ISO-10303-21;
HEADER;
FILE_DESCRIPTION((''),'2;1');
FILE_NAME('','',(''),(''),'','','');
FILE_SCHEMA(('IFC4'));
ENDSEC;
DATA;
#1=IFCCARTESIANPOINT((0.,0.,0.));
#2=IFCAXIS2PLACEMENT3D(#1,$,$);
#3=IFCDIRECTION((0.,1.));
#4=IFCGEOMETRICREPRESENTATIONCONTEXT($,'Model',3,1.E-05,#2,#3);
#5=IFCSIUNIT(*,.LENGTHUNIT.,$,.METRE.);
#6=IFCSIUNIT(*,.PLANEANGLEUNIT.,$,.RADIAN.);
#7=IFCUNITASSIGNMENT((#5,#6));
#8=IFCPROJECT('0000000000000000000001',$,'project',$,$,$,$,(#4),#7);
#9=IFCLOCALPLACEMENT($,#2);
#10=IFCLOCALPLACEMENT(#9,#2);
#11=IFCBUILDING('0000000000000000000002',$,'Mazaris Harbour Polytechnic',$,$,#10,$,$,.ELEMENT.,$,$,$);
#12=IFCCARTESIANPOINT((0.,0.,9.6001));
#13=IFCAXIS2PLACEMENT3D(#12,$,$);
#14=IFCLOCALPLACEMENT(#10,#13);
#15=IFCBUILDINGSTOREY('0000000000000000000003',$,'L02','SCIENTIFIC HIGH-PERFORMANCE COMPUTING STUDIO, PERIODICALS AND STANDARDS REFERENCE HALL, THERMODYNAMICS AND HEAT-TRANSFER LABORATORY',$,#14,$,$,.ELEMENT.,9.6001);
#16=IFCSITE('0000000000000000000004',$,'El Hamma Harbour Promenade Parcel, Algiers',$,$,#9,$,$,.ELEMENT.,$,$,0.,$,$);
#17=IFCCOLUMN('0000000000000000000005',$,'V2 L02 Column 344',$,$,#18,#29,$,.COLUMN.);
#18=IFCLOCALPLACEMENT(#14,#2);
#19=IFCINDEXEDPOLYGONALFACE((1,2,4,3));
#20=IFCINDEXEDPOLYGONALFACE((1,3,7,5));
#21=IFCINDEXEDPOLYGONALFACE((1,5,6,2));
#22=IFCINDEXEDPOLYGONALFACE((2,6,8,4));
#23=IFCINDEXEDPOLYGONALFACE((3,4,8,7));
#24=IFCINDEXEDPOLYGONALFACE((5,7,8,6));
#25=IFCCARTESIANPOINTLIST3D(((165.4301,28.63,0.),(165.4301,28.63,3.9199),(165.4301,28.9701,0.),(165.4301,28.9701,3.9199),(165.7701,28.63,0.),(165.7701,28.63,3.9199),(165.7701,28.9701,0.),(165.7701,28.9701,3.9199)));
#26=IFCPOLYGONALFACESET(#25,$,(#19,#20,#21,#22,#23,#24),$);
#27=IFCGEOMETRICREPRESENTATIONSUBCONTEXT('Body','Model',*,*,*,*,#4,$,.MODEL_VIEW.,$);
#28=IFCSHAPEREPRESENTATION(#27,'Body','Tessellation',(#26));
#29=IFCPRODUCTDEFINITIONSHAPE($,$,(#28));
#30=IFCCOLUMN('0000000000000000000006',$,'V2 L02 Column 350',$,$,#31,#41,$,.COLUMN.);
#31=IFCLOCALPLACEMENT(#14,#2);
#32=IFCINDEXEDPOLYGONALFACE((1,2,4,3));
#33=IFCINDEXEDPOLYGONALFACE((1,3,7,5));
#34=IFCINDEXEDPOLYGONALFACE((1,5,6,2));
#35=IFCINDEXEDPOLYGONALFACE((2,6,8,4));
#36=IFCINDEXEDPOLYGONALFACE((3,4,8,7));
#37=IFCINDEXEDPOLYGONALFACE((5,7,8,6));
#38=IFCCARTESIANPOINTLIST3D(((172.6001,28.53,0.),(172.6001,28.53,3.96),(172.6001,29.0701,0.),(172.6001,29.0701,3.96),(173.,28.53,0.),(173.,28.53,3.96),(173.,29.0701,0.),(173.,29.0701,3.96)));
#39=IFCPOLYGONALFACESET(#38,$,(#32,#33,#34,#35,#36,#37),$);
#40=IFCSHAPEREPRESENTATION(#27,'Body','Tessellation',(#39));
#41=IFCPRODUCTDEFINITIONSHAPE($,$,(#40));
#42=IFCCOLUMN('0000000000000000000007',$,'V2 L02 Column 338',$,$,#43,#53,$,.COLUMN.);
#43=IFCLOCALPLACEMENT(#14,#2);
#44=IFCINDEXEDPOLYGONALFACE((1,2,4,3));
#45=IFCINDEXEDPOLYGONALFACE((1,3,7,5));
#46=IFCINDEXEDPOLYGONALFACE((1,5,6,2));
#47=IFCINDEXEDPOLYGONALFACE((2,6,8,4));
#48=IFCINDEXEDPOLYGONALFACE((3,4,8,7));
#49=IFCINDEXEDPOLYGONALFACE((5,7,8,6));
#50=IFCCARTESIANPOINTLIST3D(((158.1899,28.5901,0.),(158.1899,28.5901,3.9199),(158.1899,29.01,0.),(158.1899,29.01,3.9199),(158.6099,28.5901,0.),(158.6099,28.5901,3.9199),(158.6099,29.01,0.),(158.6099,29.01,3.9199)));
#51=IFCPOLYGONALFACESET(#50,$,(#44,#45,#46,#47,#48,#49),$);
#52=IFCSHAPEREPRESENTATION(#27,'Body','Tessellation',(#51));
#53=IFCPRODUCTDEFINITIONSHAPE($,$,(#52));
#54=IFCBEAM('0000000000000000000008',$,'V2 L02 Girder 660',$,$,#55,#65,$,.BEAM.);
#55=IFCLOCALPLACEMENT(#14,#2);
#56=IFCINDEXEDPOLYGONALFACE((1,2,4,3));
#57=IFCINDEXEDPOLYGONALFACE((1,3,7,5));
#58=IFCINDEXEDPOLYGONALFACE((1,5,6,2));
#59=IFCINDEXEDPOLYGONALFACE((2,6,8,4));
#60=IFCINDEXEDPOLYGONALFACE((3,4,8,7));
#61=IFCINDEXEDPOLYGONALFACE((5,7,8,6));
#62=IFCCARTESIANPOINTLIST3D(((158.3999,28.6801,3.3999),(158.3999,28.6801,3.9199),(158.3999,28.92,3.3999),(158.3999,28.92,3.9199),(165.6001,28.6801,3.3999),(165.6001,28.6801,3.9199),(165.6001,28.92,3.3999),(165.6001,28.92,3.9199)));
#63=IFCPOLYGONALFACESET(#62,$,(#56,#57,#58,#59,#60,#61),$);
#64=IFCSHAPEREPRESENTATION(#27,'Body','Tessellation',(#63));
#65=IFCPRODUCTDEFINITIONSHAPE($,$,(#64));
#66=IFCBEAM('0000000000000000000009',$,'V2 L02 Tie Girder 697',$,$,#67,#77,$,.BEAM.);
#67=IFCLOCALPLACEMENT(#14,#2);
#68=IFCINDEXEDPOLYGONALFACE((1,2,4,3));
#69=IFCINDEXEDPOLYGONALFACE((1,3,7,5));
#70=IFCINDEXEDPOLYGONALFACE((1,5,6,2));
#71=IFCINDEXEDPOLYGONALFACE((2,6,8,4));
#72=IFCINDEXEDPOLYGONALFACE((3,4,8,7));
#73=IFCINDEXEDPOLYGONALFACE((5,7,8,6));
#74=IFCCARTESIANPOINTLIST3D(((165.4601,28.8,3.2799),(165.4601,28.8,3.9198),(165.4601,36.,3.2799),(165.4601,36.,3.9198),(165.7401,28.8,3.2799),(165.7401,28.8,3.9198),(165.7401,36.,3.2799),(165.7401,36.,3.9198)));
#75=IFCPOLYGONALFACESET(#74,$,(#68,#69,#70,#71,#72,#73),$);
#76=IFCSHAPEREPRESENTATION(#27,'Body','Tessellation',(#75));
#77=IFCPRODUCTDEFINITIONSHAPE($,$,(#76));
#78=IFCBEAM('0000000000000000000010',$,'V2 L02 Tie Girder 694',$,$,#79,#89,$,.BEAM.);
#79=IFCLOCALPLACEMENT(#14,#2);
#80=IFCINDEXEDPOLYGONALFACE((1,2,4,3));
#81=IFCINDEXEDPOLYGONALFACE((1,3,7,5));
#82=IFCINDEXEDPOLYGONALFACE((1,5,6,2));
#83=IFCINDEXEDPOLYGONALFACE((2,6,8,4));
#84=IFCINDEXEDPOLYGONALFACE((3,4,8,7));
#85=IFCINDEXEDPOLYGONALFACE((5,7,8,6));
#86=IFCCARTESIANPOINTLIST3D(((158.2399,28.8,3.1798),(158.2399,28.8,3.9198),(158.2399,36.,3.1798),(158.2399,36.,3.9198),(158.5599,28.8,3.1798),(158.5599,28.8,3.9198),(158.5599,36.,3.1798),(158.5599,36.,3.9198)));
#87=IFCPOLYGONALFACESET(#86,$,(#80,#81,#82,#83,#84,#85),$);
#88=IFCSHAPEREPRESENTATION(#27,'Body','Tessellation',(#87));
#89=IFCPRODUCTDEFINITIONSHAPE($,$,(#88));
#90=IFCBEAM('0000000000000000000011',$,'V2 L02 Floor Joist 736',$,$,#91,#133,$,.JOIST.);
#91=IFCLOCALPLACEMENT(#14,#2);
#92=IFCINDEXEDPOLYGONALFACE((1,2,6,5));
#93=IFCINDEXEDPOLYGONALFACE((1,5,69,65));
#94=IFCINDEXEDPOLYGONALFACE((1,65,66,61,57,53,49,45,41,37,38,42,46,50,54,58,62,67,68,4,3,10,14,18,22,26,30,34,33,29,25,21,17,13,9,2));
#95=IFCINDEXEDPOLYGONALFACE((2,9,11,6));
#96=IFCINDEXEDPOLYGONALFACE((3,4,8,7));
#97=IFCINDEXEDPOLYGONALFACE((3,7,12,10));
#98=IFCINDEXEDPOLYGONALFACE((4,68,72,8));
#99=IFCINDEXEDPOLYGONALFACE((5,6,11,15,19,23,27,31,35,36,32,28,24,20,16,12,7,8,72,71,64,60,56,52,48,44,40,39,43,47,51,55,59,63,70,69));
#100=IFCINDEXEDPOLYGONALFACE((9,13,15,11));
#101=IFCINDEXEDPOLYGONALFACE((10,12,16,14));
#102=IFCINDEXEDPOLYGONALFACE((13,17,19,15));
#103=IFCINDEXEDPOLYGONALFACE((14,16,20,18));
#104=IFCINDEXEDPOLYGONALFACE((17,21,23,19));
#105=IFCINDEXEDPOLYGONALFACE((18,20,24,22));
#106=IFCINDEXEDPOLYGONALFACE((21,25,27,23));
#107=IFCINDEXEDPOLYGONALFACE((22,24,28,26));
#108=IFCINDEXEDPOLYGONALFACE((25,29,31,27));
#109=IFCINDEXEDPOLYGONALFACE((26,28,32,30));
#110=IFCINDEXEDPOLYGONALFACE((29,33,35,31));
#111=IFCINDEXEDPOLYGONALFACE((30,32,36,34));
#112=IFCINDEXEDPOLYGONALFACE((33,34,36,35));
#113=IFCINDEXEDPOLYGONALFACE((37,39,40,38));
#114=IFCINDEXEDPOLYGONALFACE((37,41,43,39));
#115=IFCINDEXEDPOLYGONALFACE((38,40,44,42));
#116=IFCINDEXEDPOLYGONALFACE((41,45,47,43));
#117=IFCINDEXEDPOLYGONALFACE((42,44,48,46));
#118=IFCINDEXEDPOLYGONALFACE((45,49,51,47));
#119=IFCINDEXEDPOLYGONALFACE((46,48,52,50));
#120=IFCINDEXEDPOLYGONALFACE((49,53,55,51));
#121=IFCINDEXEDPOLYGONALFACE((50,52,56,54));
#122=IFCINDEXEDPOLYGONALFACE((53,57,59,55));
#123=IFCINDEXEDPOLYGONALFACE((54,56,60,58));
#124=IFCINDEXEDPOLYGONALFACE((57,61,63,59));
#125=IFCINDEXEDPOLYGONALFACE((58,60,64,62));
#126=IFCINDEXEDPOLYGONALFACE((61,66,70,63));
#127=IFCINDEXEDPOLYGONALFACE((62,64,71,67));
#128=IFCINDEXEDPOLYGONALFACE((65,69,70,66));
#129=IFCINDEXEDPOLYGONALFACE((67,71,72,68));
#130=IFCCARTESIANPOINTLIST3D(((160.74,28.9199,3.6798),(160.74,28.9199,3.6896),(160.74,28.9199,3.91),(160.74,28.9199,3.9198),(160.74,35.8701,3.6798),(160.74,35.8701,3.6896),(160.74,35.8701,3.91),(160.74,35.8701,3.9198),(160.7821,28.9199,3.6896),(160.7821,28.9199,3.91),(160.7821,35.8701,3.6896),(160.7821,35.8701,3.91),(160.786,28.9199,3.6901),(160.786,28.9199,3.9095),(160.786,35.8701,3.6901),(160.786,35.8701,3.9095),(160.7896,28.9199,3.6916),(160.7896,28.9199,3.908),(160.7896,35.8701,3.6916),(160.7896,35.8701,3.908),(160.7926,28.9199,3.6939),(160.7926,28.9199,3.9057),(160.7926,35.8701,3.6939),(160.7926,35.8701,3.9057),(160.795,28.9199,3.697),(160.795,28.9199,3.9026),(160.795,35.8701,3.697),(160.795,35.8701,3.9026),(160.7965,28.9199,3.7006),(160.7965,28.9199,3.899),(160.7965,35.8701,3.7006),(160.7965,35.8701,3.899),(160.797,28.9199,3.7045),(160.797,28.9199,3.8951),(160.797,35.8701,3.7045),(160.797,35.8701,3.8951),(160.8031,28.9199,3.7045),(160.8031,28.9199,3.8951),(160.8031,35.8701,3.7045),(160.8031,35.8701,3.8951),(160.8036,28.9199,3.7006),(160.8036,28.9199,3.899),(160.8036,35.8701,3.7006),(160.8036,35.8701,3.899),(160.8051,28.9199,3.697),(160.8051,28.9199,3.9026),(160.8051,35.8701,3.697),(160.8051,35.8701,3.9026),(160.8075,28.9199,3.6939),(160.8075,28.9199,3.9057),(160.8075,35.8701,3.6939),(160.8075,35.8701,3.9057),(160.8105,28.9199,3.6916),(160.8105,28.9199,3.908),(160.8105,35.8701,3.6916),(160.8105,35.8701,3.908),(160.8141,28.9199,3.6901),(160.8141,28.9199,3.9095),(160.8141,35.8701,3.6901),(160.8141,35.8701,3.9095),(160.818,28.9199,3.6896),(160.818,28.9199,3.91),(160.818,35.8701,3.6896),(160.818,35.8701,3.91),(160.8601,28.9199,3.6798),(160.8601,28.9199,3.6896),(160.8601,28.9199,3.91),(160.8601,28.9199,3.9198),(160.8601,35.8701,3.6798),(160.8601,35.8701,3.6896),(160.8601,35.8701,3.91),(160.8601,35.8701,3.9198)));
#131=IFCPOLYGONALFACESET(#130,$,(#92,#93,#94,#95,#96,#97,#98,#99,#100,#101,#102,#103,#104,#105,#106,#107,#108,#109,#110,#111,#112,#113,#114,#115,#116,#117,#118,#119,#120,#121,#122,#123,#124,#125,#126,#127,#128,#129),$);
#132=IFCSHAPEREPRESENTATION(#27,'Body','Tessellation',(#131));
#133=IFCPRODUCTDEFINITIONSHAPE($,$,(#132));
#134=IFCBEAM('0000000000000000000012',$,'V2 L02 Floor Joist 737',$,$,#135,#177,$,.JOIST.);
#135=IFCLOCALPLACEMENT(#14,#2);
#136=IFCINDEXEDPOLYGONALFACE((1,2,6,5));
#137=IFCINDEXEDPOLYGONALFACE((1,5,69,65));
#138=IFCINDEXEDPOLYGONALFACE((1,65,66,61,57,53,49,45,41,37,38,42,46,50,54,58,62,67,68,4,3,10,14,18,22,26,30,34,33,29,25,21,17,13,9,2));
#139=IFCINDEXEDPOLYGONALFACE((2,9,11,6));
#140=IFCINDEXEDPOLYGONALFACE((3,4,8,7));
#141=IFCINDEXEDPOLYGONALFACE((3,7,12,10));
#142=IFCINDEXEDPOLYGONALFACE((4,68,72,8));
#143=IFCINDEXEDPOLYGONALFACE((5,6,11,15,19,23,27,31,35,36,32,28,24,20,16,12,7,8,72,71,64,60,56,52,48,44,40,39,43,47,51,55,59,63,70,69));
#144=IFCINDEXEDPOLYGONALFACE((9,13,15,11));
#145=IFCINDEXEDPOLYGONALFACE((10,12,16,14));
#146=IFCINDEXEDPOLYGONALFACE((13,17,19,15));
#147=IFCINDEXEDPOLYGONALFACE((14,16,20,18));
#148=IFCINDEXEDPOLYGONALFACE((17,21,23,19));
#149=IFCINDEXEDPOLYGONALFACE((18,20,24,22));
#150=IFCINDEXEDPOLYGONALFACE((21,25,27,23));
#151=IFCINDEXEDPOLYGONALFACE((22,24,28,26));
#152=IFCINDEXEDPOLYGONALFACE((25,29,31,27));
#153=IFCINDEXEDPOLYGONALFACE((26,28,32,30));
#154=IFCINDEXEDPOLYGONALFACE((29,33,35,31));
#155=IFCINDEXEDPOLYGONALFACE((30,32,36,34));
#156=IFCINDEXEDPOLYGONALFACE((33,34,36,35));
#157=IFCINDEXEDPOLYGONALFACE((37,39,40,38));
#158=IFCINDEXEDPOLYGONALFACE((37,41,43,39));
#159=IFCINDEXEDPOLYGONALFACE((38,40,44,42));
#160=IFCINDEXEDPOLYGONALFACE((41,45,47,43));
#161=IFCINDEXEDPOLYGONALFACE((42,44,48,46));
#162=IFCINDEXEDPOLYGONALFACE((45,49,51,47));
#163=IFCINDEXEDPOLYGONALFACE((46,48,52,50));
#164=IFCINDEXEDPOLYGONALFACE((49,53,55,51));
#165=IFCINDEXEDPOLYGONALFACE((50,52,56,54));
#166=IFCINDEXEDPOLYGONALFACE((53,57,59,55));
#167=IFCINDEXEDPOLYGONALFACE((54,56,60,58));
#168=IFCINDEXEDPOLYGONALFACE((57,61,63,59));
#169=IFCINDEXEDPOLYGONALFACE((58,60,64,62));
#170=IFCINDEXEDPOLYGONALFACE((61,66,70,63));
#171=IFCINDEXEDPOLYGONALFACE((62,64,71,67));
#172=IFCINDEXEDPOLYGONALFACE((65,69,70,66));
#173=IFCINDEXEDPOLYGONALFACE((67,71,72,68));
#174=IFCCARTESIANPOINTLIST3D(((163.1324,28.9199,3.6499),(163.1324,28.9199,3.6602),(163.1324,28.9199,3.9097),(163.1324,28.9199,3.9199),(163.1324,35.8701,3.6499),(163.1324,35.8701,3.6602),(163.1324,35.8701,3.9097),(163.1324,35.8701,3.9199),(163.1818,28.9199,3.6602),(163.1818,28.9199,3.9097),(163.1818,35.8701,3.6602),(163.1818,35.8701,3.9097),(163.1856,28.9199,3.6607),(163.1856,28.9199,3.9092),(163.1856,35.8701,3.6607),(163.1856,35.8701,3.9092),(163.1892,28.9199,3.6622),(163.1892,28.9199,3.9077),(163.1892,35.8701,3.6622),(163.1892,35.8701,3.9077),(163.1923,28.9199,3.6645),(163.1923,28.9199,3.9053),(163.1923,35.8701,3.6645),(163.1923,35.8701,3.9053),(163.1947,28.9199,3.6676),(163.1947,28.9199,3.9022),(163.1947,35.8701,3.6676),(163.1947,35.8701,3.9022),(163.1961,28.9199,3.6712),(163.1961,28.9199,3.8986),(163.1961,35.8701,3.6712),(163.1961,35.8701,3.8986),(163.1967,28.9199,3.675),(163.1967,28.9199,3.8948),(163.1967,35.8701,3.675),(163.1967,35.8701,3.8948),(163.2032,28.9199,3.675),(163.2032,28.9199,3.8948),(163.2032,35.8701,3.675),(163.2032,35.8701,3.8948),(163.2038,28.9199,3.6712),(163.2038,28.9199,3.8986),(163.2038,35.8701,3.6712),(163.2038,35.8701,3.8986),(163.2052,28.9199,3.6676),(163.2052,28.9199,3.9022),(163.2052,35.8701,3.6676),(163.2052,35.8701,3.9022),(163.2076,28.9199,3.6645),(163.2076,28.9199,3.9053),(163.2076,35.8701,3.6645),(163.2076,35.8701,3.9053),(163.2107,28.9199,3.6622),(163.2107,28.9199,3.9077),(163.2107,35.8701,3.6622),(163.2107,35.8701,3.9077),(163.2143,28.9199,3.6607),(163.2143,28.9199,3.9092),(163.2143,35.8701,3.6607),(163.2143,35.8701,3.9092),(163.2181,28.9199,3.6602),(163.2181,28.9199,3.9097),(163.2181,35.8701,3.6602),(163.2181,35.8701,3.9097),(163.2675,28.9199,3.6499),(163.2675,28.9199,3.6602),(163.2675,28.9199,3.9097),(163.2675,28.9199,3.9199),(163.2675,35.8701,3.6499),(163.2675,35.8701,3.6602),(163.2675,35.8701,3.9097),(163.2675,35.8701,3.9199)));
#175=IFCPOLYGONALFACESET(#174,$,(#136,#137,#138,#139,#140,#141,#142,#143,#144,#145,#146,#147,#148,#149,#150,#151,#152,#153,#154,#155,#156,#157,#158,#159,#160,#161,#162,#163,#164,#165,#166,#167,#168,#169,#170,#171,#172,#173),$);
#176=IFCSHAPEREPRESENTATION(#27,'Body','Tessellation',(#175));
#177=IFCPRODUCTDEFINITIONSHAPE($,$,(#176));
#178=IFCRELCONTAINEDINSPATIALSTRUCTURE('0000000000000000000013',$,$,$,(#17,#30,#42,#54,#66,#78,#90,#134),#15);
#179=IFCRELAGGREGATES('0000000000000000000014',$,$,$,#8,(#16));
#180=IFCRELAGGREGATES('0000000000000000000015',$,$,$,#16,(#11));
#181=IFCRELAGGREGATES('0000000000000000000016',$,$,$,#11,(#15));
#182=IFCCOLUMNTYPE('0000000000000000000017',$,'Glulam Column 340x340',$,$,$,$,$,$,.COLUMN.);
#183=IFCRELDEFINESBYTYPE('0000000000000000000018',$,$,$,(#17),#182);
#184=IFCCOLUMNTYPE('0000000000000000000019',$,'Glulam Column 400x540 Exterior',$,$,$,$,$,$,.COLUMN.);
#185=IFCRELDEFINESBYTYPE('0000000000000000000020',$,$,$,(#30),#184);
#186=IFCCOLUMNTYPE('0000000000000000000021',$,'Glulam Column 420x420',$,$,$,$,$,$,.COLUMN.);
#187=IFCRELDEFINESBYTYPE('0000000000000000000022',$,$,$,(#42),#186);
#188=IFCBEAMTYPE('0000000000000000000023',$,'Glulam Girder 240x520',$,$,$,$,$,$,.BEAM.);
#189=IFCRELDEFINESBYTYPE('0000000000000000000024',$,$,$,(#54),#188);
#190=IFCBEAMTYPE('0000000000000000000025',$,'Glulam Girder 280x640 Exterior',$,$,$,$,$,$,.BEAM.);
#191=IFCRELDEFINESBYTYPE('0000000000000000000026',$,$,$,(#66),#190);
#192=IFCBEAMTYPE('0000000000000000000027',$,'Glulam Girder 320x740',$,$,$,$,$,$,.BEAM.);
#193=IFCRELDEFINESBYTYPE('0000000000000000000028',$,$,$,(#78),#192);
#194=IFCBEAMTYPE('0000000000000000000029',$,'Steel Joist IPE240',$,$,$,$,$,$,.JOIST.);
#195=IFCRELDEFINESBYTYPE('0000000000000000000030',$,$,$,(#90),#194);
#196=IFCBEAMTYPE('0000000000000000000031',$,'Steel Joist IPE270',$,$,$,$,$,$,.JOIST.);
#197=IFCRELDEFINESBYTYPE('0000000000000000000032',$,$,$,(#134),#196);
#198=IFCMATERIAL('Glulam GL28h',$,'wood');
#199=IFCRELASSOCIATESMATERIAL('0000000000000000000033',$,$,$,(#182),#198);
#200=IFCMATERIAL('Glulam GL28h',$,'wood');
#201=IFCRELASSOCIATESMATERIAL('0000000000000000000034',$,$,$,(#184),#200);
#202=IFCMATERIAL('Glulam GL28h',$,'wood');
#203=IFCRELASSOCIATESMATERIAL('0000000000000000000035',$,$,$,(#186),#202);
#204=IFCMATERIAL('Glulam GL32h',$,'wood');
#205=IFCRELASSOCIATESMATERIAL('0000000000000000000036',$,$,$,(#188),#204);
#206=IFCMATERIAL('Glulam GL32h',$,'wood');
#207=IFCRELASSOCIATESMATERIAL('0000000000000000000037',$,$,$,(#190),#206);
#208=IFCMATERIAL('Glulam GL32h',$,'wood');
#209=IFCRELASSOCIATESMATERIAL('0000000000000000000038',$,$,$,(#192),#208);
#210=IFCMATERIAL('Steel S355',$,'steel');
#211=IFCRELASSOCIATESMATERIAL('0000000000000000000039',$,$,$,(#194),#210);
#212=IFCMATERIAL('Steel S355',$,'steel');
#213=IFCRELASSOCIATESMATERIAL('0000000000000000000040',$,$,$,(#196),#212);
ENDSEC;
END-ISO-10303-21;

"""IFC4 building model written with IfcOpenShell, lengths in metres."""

from ifc_helpers import new_model, si_unit, direction, frame, origin, origin_2d, place, context, subcontext, project, spatial, rectangle, i_section, extrude, material, material_profile, profile_set, type_object, element, save


model = new_model("IFC4")

# Units and contexts
model_context = context("Model", 3, precision=1e-05, world=origin(), true_north=direction((0.0, 1.0)))
body_context = subcontext(model_context, "Body", "Model", "MODEL_VIEW")
ifc_project = project(units=[si_unit("LENGTHUNIT", "METRE"), si_unit("PLANEANGLEUNIT", "RADIAN")], contexts=[model_context])

# Site, building, storey
site_placement = place(None, origin())
site = spatial("IfcSite", under=ifc_project, at=site_placement, Name="El Hamma Harbour Promenade Parcel, Algiers", CompositionType="ELEMENT", RefElevation=0.0)
building_placement = place(site_placement, origin())
building = spatial("IfcBuilding", under=site, at=building_placement, Name="Mazaris Harbour Polytechnic", CompositionType="ELEMENT")
storey_placement = place(building_placement, frame((0.0, 0.0, 9.6001)))
storey = spatial("IfcBuildingStorey", under=building, at=storey_placement, Name="L02", Description="SCIENTIFIC HIGH-PERFORMANCE COMPUTING STUDIO, PERIODICALS AND STANDARDS REFERENCE HALL, THERMODYNAMICS AND HEAT-TRANSFER LABORATORY", CompositionType="ELEMENT", Elevation=9.6001)

# Columns
ifc_material_1 = material(Name="Glulam GL28h", Category="wood")
ifc_material_profile_1 = material_profile(ifc_material_1, rectangle(XDim=0.3401, YDim=0.3401, at=origin_2d()), Name="RECT340x340")
ifc_profile_set_1 = profile_set([ifc_material_profile_1], Name="Glulam GL28h")
column_type_1 = type_object("IfcColumnType", Name="Glulam Column 340x340", PredefinedType="COLUMN", material=ifc_profile_set_1)
column_1_placement = place(storey_placement, frame((165.6001, 28.8, 0.0), z_axis=(0.0, 0.0, 1.0), x_axis=(1.0, 0.0, 0.0)))
element("IfcColumn", 1, at=column_1_placement, inside=storey, type_object=column_type_1, Name="V2 L02 Column 344", PredefinedType="COLUMN", context=body_context, shape_type="SweptSolid", body=[
    extrude(rectangle(XDim=0.3401, YDim=0.3401, at=origin_2d()), origin(), (0.0, 0.0, 1.0), 3.9199),
])
ifc_material_2 = material(Name="Glulam GL28h", Category="wood")
ifc_material_profile_2 = material_profile(ifc_material_2, rectangle(XDim=0.3999, YDim=0.54, at=origin_2d()), Name="RECT400x540")
ifc_profile_set_2 = profile_set([ifc_material_profile_2], Name="Glulam GL28h")
column_type_2 = type_object("IfcColumnType", Name="Glulam Column 400x540 Exterior", PredefinedType="COLUMN", material=ifc_profile_set_2)
column_2_placement = place(storey_placement, frame((172.8, 28.8, 0.0), z_axis=(0.0, 0.0, 1.0), x_axis=(1.0, 0.0, 0.0)))
element("IfcColumn", 2, at=column_2_placement, inside=storey, type_object=column_type_2, Name="V2 L02 Column 350", PredefinedType="COLUMN", context=body_context, shape_type="SweptSolid", body=[
    extrude(rectangle(XDim=0.3999, YDim=0.54, at=origin_2d()), origin(), (0.0, 0.0, 1.0), 3.96),
])
ifc_material_3 = material(Name="Glulam GL28h", Category="wood")
ifc_material_profile_3 = material_profile(ifc_material_3, rectangle(XDim=0.4199, YDim=0.4199, at=origin_2d()), Name="RECT420x420")
ifc_profile_set_3 = profile_set([ifc_material_profile_3], Name="Glulam GL28h")
column_type_3 = type_object("IfcColumnType", Name="Glulam Column 420x420", PredefinedType="COLUMN", material=ifc_profile_set_3)
column_3_placement = place(storey_placement, frame((158.3999, 28.8, 0.0), z_axis=(0.0, 0.0, 1.0), x_axis=(1.0, 0.0, 0.0)))
element("IfcColumn", 3, at=column_3_placement, inside=storey, type_object=column_type_3, Name="V2 L02 Column 338", PredefinedType="COLUMN", context=body_context, shape_type="SweptSolid", body=[
    extrude(rectangle(XDim=0.4199, YDim=0.4199, at=origin_2d()), origin(), (0.0, 0.0, 1.0), 3.9199),
])

# Beams
ifc_material_4 = material(Name="Glulam GL32h", Category="wood")
ifc_material_profile_4 = material_profile(ifc_material_4, rectangle(XDim=0.24, YDim=0.52, at=origin_2d()), Name="RECT240x520")
ifc_profile_set_4 = profile_set([ifc_material_profile_4], Name="Glulam GL32h")
beam_type_1 = type_object("IfcBeamType", Name="Glulam Girder 240x520", PredefinedType="BEAM", material=ifc_profile_set_4)
beam_1_placement = place(storey_placement, frame((158.3999, 28.8, 3.6599), z_axis=(1.0, 0.0, 0.0), x_axis=(0.0, 1.0, 0.0)))
element("IfcBeam", 4, at=beam_1_placement, inside=storey, type_object=beam_type_1, Name="V2 L02 Girder 660", PredefinedType="BEAM", context=body_context, shape_type="SweptSolid", body=[
    extrude(rectangle(XDim=0.24, YDim=0.52, at=origin_2d()), origin(), (0.0, 0.0, 1.0), 7.2002),
])
ifc_material_5 = material(Name="Glulam GL32h", Category="wood")
ifc_material_profile_5 = material_profile(ifc_material_5, rectangle(XDim=0.28, YDim=0.6399, at=origin_2d()), Name="RECT280x640")
ifc_profile_set_5 = profile_set([ifc_material_profile_5], Name="Glulam GL32h")
beam_type_2 = type_object("IfcBeamType", Name="Glulam Girder 280x640 Exterior", PredefinedType="BEAM", material=ifc_profile_set_5)
beam_2_placement = place(storey_placement, frame((165.6001, 28.8, 3.5999), z_axis=(0.0, 1.0, 0.0), x_axis=(-1.0, 0.0, 0.0)))
element("IfcBeam", 5, at=beam_2_placement, inside=storey, type_object=beam_type_2, Name="V2 L02 Tie Girder 697", PredefinedType="BEAM", context=body_context, shape_type="SweptSolid", body=[
    extrude(rectangle(XDim=0.28, YDim=0.6399, at=origin_2d()), origin(), (0.0, 0.0, 1.0), 7.2),
])
ifc_material_6 = material(Name="Glulam GL32h", Category="wood")
ifc_material_profile_6 = material_profile(ifc_material_6, rectangle(XDim=0.3201, YDim=0.74, at=origin_2d()), Name="RECT320x740")
ifc_profile_set_6 = profile_set([ifc_material_profile_6], Name="Glulam GL32h")
beam_type_3 = type_object("IfcBeamType", Name="Glulam Girder 320x740", PredefinedType="BEAM", material=ifc_profile_set_6)
beam_3_placement = place(storey_placement, frame((158.3999, 28.8, 3.5498), z_axis=(0.0, 1.0, 0.0), x_axis=(-1.0, 0.0, 0.0)))
element("IfcBeam", 6, at=beam_3_placement, inside=storey, type_object=beam_type_3, Name="V2 L02 Tie Girder 694", PredefinedType="BEAM", context=body_context, shape_type="SweptSolid", body=[
    extrude(rectangle(XDim=0.3201, YDim=0.74, at=origin_2d()), origin(), (0.0, 0.0, 1.0), 7.2),
])
ifc_material_7 = material(Name="Steel S355", Category="steel")
ifc_material_profile_7 = material_profile(ifc_material_7, i_section(OverallWidth=0.1201, OverallDepth=0.24, WebThickness=0.0061, FlangeThickness=0.0098, FilletRadius=0.0149, at=origin_2d()), Name="IPE 240")
ifc_profile_set_7 = profile_set([ifc_material_profile_7], Name="Steel S355")
beam_type_4 = type_object("IfcBeamType", Name="Steel Joist IPE240", PredefinedType="JOIST", material=ifc_profile_set_7)
beam_4_placement = place(storey_placement, frame((160.8, 28.9199, 3.7998), z_axis=(0.0, 1.0, 0.0), x_axis=(-1.0, 0.0, 0.0)))
element("IfcBeam", 7, at=beam_4_placement, inside=storey, type_object=beam_type_4, Name="V2 L02 Floor Joist 736", PredefinedType="JOIST", context=body_context, shape_type="SweptSolid", body=[
    extrude(i_section(OverallWidth=0.1201, OverallDepth=0.24, WebThickness=0.0061, FlangeThickness=0.0098, FilletRadius=0.0149, at=origin_2d()), origin(), (0.0, 0.0, 1.0), 6.9502),
])
ifc_material_8 = material(Name="Steel S355", Category="steel")
ifc_material_profile_8 = material_profile(ifc_material_8, i_section(OverallWidth=0.135, OverallDepth=0.27, WebThickness=0.0066, FlangeThickness=0.0103, FilletRadius=0.0149, at=origin_2d()), Name="IPE 270")
ifc_profile_set_8 = profile_set([ifc_material_profile_8], Name="Steel S355")
beam_type_5 = type_object("IfcBeamType", Name="Steel Joist IPE270", PredefinedType="JOIST", material=ifc_profile_set_8)
beam_5_placement = place(storey_placement, frame((163.2, 28.9199, 3.7849), z_axis=(0.0, 1.0, 0.0), x_axis=(-1.0, 0.0, 0.0)))
element("IfcBeam", 8, at=beam_5_placement, inside=storey, type_object=beam_type_5, Name="V2 L02 Floor Joist 737", PredefinedType="JOIST", context=body_context, shape_type="SweptSolid", body=[
    extrude(i_section(OverallWidth=0.135, OverallDepth=0.27, WebThickness=0.0066, FlangeThickness=0.0103, FilletRadius=0.0149, at=origin_2d()), origin(), (0.0, 0.0, 1.0), 6.9502),
])

save(model, "model.ifc")
